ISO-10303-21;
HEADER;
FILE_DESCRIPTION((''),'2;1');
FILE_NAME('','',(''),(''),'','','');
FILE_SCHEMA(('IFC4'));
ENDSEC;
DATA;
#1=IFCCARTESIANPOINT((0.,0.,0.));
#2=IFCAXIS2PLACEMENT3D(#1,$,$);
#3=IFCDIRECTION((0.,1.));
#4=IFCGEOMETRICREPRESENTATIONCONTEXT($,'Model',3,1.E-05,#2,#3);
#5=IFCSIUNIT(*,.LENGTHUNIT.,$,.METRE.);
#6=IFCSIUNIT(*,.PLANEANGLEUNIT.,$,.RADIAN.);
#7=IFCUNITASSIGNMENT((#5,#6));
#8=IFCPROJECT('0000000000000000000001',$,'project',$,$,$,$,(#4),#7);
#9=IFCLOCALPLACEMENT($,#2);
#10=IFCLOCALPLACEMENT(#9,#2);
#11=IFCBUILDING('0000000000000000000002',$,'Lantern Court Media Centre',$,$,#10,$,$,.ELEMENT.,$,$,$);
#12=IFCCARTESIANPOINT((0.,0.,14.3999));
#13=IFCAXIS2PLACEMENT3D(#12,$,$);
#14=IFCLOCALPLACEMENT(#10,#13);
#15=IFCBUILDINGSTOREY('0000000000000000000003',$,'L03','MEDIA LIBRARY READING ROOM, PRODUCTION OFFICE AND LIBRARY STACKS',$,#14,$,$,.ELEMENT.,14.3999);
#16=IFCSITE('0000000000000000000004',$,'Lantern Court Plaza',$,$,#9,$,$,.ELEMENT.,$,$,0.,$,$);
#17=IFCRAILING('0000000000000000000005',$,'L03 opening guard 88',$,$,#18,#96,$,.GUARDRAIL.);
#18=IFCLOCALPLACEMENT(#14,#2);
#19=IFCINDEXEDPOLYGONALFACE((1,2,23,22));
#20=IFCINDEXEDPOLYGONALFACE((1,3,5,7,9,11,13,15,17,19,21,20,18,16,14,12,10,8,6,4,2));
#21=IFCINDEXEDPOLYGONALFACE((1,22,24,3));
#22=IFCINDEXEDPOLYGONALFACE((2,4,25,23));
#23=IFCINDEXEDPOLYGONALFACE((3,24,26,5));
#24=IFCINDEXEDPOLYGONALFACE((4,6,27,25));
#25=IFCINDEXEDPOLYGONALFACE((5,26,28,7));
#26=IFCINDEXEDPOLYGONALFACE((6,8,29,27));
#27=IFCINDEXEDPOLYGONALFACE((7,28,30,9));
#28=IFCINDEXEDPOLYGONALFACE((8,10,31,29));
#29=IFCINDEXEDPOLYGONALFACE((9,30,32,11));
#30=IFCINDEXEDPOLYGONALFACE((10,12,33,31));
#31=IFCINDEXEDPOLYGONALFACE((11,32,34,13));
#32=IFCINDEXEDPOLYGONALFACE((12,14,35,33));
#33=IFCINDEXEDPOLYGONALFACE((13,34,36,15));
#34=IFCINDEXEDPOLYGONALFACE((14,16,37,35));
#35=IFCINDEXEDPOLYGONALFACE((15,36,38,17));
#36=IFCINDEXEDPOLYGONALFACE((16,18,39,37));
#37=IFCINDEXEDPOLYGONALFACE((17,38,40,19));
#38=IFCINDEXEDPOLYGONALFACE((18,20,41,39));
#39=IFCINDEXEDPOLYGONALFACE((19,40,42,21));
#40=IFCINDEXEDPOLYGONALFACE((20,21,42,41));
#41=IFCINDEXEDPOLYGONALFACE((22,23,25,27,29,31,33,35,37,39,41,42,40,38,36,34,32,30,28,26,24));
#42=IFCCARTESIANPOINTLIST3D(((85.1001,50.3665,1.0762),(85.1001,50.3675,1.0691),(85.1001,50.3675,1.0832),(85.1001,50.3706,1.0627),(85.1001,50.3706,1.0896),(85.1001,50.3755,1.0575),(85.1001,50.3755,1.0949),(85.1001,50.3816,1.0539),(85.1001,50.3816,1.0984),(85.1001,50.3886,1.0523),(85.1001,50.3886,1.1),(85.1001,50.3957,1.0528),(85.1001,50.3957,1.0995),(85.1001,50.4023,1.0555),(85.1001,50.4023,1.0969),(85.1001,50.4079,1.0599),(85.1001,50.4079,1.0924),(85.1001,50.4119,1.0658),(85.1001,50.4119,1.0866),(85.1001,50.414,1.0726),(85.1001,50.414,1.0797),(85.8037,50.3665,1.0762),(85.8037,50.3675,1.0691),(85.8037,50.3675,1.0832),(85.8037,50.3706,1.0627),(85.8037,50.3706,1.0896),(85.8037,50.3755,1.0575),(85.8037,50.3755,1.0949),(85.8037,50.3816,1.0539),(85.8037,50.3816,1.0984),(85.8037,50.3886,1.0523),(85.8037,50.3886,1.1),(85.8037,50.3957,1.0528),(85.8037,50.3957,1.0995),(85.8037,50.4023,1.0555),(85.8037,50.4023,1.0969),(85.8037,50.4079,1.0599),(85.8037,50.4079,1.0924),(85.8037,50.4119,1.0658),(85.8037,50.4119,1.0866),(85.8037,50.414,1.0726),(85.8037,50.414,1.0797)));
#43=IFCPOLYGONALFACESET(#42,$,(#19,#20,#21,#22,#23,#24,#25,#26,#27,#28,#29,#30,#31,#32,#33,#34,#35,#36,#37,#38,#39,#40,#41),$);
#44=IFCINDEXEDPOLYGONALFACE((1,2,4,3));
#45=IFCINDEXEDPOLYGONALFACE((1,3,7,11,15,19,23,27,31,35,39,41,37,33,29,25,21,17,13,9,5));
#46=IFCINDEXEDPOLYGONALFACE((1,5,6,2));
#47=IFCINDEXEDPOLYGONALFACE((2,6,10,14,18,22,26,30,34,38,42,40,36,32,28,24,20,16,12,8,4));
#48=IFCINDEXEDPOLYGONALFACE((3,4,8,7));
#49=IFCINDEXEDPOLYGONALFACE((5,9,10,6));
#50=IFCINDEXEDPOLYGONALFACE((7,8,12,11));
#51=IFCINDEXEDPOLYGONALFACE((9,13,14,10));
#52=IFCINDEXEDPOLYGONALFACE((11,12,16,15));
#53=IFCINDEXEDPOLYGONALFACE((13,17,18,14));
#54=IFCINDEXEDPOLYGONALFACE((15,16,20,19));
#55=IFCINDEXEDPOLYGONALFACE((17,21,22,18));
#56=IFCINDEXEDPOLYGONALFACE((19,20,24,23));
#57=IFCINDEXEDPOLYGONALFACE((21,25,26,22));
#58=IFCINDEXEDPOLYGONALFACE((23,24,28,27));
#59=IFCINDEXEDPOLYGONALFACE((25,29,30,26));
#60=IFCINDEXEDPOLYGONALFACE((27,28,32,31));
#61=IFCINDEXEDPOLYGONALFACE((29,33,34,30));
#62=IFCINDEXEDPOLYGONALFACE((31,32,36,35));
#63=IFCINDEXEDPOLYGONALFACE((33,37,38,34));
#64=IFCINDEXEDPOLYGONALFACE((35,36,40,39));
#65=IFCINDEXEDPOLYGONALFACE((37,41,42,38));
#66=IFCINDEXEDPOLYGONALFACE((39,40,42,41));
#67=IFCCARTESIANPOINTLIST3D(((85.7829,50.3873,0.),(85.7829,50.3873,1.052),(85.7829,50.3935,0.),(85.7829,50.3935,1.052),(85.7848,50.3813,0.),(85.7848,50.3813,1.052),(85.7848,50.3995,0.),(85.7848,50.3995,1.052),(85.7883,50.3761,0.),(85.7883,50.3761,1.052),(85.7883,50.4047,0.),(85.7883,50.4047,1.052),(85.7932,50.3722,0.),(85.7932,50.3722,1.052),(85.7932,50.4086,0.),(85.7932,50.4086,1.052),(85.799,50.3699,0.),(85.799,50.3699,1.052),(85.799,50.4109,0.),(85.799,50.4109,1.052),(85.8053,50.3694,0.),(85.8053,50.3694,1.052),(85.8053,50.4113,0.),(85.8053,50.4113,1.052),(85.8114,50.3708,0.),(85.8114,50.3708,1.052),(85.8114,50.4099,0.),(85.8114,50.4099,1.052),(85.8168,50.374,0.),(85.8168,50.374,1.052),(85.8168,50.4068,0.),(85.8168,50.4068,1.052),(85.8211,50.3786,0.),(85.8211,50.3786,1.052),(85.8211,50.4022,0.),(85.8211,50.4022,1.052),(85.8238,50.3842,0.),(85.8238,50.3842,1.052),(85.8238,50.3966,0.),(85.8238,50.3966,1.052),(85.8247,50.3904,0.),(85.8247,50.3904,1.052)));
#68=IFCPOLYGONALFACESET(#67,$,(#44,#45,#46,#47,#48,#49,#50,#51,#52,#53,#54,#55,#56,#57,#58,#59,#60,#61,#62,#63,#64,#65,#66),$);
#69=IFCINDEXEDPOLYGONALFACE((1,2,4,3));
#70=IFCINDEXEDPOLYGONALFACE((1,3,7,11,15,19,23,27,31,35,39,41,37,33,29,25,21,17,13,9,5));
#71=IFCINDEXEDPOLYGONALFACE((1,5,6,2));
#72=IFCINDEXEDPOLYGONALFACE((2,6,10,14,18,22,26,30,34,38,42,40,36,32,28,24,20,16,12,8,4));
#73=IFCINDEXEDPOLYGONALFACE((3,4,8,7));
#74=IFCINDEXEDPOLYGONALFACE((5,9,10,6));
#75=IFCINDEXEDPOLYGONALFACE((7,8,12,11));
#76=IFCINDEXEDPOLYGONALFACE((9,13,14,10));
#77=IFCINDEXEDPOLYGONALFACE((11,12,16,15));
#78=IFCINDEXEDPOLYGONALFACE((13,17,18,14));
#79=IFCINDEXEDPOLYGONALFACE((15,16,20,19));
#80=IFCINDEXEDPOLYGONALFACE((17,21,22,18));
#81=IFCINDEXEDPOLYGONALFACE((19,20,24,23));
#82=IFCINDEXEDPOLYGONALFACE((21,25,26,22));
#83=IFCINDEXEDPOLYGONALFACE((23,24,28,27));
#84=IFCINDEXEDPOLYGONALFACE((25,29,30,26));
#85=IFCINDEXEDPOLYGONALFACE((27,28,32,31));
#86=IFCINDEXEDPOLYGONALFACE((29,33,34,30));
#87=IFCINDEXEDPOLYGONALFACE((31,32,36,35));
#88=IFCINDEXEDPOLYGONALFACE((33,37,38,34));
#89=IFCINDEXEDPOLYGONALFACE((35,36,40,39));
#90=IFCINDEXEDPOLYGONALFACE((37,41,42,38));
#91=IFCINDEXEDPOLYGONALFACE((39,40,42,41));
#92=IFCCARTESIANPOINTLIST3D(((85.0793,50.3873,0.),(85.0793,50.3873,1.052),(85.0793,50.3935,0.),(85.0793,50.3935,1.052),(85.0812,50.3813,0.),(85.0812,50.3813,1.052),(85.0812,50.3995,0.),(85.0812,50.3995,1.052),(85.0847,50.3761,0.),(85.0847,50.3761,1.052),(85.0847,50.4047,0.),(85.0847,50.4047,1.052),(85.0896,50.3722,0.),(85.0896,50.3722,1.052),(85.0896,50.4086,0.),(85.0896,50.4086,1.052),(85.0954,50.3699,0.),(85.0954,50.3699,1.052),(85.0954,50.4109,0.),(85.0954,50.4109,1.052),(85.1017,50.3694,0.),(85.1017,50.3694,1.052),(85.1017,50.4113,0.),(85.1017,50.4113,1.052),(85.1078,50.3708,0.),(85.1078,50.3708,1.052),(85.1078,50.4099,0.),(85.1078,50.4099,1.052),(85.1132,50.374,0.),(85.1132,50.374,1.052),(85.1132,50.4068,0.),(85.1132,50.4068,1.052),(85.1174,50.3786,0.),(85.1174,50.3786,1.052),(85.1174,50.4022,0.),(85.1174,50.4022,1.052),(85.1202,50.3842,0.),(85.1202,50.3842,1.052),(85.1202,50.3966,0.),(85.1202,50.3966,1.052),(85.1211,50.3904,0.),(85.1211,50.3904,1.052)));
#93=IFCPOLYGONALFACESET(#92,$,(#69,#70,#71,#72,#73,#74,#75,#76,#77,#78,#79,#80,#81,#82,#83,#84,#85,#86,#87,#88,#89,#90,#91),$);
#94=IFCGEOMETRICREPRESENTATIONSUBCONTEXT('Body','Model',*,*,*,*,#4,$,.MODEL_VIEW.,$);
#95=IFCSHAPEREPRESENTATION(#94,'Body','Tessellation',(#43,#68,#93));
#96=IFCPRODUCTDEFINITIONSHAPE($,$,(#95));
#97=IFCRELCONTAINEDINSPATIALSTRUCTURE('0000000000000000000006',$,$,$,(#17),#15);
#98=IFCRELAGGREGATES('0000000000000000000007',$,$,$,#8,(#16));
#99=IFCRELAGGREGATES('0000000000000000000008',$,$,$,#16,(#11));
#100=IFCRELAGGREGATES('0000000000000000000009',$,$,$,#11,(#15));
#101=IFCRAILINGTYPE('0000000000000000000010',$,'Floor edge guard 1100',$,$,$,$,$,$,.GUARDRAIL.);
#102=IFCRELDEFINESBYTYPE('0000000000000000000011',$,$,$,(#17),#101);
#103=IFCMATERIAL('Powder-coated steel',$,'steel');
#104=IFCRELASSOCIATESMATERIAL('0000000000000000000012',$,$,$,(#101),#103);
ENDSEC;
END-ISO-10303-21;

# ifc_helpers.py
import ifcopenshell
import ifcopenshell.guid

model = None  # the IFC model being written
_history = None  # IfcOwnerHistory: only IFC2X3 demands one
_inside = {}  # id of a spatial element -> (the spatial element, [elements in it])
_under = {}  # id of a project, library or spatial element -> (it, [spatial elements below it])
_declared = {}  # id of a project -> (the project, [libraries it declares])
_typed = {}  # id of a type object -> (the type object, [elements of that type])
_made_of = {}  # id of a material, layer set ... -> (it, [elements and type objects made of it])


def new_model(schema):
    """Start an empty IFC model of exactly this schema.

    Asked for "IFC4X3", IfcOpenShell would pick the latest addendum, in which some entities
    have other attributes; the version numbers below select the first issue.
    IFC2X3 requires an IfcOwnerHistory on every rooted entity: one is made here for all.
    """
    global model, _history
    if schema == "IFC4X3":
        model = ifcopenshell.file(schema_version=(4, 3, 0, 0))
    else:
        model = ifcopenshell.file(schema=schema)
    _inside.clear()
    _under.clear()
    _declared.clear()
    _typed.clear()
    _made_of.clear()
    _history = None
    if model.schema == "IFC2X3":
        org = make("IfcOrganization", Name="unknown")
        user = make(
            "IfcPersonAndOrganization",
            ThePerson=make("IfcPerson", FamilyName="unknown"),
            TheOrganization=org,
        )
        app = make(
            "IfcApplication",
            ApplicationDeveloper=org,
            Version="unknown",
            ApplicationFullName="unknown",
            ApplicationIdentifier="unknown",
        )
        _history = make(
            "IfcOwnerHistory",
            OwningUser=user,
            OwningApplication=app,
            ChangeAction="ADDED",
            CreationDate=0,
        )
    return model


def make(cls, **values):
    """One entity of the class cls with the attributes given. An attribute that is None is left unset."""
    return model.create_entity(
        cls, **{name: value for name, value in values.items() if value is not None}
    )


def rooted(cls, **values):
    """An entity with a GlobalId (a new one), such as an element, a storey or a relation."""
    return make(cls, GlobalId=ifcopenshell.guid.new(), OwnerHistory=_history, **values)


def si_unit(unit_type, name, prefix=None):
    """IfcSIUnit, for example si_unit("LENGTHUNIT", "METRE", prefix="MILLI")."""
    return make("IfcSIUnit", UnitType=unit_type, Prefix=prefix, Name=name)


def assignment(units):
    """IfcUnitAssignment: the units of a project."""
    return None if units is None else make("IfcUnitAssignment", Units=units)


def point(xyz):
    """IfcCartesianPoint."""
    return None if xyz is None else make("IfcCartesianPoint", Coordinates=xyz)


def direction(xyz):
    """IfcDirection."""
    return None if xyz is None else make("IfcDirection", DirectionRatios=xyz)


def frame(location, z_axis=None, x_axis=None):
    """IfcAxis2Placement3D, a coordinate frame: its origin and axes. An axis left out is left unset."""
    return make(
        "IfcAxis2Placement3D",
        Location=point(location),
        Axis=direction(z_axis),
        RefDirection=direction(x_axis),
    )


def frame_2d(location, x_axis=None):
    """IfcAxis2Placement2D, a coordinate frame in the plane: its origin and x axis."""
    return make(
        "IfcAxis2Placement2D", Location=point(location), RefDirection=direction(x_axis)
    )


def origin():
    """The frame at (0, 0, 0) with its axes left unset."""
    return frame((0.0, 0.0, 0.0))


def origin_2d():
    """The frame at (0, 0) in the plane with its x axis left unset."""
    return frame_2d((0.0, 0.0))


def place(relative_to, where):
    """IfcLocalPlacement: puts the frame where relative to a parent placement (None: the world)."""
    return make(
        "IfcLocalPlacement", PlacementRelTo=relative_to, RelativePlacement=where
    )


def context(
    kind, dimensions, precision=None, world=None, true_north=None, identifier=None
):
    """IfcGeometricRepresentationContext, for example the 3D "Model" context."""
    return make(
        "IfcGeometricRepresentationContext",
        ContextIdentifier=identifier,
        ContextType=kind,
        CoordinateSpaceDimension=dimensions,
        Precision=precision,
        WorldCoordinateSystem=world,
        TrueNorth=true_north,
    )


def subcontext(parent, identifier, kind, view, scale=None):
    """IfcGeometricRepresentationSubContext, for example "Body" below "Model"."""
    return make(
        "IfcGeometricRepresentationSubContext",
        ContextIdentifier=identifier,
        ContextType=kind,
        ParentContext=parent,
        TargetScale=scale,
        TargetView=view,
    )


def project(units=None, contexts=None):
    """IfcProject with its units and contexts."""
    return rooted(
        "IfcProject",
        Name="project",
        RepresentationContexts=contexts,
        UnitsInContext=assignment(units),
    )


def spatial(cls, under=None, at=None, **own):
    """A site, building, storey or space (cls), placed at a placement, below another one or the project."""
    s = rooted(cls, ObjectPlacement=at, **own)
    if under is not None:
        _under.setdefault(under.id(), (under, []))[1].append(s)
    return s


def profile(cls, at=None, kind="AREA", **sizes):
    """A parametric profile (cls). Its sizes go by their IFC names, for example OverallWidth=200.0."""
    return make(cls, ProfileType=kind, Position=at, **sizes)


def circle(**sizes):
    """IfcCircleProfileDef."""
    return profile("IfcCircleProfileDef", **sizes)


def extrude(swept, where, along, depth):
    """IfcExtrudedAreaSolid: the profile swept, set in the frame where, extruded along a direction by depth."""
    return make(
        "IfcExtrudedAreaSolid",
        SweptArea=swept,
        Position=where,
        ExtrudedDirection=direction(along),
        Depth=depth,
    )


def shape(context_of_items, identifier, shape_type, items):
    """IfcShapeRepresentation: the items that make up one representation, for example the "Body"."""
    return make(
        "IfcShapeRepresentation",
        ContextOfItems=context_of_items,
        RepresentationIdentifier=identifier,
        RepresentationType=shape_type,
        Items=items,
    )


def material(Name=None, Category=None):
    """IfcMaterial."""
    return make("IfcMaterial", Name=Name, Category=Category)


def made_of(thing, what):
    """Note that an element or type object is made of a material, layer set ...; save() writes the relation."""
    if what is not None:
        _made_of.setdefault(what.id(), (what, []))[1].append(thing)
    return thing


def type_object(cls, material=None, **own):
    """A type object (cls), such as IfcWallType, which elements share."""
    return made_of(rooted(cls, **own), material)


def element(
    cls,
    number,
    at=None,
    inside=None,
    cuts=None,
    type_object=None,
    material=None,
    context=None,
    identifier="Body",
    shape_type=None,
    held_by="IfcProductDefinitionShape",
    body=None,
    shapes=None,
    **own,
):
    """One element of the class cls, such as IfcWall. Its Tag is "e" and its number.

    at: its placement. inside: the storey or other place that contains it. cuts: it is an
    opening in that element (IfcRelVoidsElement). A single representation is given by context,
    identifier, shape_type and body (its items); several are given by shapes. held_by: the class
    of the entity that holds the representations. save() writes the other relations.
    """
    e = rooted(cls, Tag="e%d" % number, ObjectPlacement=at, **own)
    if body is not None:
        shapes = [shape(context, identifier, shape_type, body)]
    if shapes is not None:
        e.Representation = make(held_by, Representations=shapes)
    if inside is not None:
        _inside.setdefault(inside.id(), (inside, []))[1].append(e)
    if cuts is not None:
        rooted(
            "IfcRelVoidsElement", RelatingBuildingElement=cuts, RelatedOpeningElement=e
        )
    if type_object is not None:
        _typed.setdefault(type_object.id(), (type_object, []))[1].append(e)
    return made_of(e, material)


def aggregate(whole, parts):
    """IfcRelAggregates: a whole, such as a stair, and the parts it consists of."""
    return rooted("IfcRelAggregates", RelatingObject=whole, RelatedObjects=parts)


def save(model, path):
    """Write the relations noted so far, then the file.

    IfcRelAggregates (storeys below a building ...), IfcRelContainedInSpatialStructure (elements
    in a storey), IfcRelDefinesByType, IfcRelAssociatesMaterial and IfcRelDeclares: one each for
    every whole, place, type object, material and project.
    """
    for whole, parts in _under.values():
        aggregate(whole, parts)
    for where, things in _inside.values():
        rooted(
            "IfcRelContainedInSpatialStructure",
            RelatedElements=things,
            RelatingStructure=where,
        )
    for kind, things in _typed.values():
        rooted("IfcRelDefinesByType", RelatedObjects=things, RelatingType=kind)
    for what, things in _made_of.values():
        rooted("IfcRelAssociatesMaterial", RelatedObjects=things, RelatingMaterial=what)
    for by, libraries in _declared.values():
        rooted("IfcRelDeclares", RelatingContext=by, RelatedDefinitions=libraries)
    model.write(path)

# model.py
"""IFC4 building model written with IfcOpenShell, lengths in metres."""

from ifc_helpers import new_model, si_unit, direction, frame, origin, origin_2d, place, context, subcontext, project, spatial, circle, extrude, material, type_object, element, save


model = new_model("IFC4")

# Units and contexts
model_context = context("Model", 3, precision=1e-05, world=origin(), true_north=direction((0.0, 1.0)))
body_context = subcontext(model_context, "Body", "Model", "MODEL_VIEW")
ifc_project = project(units=[si_unit("LENGTHUNIT", "METRE"), si_unit("PLANEANGLEUNIT", "RADIAN")], contexts=[model_context])

# Site, building, storey
site_placement = place(None, origin())
site = spatial("IfcSite", under=ifc_project, at=site_placement, Name="Lantern Court Plaza", CompositionType="ELEMENT", RefElevation=0.0)
building_placement = place(site_placement, origin())
building = spatial("IfcBuilding", under=site, at=building_placement, Name="Lantern Court Media Centre", CompositionType="ELEMENT")
storey_placement = place(building_placement, frame((0.0, 0.0, 14.3999)))
storey = spatial("IfcBuildingStorey", under=building, at=storey_placement, Name="L03", Description="MEDIA LIBRARY READING ROOM, PRODUCTION OFFICE AND LIBRARY STACKS", CompositionType="ELEMENT", Elevation=14.3999)

# Railing
ifc_material_1 = material(Name="Powder-coated steel", Category="steel")
railing_type_1 = type_object("IfcRailingType", Name="Floor edge guard 1100", PredefinedType="GUARDRAIL", material=ifc_material_1)
railing_1_placement = place(storey_placement, frame((85.8037, 50.3904, 0.0)))
element("IfcRailing", 1, at=railing_1_placement, inside=storey, type_object=railing_type_1, Name="L03 opening guard 88", PredefinedType="GUARDRAIL", context=body_context, shape_type="SweptSolid", body=[
    extrude(circle(Radius=0.0239, at=origin_2d()), frame((0.0, 0.0, 1.0762), z_axis=(-1.0, 0.0, 0.0), x_axis=(0.0, -1.0, 0.0)), (0.0, 0.0, 1.0), 0.7036),
    extrude(circle(Radius=0.021, at=origin_2d()), origin(), (0.0, 0.0, 1.0), 1.052),
    extrude(circle(Radius=0.021, at=origin_2d()), frame((-0.7036, 0.0, 0.0)), (0.0, 0.0, 1.0), 1.052),
])

save(model, "model.ifc")
